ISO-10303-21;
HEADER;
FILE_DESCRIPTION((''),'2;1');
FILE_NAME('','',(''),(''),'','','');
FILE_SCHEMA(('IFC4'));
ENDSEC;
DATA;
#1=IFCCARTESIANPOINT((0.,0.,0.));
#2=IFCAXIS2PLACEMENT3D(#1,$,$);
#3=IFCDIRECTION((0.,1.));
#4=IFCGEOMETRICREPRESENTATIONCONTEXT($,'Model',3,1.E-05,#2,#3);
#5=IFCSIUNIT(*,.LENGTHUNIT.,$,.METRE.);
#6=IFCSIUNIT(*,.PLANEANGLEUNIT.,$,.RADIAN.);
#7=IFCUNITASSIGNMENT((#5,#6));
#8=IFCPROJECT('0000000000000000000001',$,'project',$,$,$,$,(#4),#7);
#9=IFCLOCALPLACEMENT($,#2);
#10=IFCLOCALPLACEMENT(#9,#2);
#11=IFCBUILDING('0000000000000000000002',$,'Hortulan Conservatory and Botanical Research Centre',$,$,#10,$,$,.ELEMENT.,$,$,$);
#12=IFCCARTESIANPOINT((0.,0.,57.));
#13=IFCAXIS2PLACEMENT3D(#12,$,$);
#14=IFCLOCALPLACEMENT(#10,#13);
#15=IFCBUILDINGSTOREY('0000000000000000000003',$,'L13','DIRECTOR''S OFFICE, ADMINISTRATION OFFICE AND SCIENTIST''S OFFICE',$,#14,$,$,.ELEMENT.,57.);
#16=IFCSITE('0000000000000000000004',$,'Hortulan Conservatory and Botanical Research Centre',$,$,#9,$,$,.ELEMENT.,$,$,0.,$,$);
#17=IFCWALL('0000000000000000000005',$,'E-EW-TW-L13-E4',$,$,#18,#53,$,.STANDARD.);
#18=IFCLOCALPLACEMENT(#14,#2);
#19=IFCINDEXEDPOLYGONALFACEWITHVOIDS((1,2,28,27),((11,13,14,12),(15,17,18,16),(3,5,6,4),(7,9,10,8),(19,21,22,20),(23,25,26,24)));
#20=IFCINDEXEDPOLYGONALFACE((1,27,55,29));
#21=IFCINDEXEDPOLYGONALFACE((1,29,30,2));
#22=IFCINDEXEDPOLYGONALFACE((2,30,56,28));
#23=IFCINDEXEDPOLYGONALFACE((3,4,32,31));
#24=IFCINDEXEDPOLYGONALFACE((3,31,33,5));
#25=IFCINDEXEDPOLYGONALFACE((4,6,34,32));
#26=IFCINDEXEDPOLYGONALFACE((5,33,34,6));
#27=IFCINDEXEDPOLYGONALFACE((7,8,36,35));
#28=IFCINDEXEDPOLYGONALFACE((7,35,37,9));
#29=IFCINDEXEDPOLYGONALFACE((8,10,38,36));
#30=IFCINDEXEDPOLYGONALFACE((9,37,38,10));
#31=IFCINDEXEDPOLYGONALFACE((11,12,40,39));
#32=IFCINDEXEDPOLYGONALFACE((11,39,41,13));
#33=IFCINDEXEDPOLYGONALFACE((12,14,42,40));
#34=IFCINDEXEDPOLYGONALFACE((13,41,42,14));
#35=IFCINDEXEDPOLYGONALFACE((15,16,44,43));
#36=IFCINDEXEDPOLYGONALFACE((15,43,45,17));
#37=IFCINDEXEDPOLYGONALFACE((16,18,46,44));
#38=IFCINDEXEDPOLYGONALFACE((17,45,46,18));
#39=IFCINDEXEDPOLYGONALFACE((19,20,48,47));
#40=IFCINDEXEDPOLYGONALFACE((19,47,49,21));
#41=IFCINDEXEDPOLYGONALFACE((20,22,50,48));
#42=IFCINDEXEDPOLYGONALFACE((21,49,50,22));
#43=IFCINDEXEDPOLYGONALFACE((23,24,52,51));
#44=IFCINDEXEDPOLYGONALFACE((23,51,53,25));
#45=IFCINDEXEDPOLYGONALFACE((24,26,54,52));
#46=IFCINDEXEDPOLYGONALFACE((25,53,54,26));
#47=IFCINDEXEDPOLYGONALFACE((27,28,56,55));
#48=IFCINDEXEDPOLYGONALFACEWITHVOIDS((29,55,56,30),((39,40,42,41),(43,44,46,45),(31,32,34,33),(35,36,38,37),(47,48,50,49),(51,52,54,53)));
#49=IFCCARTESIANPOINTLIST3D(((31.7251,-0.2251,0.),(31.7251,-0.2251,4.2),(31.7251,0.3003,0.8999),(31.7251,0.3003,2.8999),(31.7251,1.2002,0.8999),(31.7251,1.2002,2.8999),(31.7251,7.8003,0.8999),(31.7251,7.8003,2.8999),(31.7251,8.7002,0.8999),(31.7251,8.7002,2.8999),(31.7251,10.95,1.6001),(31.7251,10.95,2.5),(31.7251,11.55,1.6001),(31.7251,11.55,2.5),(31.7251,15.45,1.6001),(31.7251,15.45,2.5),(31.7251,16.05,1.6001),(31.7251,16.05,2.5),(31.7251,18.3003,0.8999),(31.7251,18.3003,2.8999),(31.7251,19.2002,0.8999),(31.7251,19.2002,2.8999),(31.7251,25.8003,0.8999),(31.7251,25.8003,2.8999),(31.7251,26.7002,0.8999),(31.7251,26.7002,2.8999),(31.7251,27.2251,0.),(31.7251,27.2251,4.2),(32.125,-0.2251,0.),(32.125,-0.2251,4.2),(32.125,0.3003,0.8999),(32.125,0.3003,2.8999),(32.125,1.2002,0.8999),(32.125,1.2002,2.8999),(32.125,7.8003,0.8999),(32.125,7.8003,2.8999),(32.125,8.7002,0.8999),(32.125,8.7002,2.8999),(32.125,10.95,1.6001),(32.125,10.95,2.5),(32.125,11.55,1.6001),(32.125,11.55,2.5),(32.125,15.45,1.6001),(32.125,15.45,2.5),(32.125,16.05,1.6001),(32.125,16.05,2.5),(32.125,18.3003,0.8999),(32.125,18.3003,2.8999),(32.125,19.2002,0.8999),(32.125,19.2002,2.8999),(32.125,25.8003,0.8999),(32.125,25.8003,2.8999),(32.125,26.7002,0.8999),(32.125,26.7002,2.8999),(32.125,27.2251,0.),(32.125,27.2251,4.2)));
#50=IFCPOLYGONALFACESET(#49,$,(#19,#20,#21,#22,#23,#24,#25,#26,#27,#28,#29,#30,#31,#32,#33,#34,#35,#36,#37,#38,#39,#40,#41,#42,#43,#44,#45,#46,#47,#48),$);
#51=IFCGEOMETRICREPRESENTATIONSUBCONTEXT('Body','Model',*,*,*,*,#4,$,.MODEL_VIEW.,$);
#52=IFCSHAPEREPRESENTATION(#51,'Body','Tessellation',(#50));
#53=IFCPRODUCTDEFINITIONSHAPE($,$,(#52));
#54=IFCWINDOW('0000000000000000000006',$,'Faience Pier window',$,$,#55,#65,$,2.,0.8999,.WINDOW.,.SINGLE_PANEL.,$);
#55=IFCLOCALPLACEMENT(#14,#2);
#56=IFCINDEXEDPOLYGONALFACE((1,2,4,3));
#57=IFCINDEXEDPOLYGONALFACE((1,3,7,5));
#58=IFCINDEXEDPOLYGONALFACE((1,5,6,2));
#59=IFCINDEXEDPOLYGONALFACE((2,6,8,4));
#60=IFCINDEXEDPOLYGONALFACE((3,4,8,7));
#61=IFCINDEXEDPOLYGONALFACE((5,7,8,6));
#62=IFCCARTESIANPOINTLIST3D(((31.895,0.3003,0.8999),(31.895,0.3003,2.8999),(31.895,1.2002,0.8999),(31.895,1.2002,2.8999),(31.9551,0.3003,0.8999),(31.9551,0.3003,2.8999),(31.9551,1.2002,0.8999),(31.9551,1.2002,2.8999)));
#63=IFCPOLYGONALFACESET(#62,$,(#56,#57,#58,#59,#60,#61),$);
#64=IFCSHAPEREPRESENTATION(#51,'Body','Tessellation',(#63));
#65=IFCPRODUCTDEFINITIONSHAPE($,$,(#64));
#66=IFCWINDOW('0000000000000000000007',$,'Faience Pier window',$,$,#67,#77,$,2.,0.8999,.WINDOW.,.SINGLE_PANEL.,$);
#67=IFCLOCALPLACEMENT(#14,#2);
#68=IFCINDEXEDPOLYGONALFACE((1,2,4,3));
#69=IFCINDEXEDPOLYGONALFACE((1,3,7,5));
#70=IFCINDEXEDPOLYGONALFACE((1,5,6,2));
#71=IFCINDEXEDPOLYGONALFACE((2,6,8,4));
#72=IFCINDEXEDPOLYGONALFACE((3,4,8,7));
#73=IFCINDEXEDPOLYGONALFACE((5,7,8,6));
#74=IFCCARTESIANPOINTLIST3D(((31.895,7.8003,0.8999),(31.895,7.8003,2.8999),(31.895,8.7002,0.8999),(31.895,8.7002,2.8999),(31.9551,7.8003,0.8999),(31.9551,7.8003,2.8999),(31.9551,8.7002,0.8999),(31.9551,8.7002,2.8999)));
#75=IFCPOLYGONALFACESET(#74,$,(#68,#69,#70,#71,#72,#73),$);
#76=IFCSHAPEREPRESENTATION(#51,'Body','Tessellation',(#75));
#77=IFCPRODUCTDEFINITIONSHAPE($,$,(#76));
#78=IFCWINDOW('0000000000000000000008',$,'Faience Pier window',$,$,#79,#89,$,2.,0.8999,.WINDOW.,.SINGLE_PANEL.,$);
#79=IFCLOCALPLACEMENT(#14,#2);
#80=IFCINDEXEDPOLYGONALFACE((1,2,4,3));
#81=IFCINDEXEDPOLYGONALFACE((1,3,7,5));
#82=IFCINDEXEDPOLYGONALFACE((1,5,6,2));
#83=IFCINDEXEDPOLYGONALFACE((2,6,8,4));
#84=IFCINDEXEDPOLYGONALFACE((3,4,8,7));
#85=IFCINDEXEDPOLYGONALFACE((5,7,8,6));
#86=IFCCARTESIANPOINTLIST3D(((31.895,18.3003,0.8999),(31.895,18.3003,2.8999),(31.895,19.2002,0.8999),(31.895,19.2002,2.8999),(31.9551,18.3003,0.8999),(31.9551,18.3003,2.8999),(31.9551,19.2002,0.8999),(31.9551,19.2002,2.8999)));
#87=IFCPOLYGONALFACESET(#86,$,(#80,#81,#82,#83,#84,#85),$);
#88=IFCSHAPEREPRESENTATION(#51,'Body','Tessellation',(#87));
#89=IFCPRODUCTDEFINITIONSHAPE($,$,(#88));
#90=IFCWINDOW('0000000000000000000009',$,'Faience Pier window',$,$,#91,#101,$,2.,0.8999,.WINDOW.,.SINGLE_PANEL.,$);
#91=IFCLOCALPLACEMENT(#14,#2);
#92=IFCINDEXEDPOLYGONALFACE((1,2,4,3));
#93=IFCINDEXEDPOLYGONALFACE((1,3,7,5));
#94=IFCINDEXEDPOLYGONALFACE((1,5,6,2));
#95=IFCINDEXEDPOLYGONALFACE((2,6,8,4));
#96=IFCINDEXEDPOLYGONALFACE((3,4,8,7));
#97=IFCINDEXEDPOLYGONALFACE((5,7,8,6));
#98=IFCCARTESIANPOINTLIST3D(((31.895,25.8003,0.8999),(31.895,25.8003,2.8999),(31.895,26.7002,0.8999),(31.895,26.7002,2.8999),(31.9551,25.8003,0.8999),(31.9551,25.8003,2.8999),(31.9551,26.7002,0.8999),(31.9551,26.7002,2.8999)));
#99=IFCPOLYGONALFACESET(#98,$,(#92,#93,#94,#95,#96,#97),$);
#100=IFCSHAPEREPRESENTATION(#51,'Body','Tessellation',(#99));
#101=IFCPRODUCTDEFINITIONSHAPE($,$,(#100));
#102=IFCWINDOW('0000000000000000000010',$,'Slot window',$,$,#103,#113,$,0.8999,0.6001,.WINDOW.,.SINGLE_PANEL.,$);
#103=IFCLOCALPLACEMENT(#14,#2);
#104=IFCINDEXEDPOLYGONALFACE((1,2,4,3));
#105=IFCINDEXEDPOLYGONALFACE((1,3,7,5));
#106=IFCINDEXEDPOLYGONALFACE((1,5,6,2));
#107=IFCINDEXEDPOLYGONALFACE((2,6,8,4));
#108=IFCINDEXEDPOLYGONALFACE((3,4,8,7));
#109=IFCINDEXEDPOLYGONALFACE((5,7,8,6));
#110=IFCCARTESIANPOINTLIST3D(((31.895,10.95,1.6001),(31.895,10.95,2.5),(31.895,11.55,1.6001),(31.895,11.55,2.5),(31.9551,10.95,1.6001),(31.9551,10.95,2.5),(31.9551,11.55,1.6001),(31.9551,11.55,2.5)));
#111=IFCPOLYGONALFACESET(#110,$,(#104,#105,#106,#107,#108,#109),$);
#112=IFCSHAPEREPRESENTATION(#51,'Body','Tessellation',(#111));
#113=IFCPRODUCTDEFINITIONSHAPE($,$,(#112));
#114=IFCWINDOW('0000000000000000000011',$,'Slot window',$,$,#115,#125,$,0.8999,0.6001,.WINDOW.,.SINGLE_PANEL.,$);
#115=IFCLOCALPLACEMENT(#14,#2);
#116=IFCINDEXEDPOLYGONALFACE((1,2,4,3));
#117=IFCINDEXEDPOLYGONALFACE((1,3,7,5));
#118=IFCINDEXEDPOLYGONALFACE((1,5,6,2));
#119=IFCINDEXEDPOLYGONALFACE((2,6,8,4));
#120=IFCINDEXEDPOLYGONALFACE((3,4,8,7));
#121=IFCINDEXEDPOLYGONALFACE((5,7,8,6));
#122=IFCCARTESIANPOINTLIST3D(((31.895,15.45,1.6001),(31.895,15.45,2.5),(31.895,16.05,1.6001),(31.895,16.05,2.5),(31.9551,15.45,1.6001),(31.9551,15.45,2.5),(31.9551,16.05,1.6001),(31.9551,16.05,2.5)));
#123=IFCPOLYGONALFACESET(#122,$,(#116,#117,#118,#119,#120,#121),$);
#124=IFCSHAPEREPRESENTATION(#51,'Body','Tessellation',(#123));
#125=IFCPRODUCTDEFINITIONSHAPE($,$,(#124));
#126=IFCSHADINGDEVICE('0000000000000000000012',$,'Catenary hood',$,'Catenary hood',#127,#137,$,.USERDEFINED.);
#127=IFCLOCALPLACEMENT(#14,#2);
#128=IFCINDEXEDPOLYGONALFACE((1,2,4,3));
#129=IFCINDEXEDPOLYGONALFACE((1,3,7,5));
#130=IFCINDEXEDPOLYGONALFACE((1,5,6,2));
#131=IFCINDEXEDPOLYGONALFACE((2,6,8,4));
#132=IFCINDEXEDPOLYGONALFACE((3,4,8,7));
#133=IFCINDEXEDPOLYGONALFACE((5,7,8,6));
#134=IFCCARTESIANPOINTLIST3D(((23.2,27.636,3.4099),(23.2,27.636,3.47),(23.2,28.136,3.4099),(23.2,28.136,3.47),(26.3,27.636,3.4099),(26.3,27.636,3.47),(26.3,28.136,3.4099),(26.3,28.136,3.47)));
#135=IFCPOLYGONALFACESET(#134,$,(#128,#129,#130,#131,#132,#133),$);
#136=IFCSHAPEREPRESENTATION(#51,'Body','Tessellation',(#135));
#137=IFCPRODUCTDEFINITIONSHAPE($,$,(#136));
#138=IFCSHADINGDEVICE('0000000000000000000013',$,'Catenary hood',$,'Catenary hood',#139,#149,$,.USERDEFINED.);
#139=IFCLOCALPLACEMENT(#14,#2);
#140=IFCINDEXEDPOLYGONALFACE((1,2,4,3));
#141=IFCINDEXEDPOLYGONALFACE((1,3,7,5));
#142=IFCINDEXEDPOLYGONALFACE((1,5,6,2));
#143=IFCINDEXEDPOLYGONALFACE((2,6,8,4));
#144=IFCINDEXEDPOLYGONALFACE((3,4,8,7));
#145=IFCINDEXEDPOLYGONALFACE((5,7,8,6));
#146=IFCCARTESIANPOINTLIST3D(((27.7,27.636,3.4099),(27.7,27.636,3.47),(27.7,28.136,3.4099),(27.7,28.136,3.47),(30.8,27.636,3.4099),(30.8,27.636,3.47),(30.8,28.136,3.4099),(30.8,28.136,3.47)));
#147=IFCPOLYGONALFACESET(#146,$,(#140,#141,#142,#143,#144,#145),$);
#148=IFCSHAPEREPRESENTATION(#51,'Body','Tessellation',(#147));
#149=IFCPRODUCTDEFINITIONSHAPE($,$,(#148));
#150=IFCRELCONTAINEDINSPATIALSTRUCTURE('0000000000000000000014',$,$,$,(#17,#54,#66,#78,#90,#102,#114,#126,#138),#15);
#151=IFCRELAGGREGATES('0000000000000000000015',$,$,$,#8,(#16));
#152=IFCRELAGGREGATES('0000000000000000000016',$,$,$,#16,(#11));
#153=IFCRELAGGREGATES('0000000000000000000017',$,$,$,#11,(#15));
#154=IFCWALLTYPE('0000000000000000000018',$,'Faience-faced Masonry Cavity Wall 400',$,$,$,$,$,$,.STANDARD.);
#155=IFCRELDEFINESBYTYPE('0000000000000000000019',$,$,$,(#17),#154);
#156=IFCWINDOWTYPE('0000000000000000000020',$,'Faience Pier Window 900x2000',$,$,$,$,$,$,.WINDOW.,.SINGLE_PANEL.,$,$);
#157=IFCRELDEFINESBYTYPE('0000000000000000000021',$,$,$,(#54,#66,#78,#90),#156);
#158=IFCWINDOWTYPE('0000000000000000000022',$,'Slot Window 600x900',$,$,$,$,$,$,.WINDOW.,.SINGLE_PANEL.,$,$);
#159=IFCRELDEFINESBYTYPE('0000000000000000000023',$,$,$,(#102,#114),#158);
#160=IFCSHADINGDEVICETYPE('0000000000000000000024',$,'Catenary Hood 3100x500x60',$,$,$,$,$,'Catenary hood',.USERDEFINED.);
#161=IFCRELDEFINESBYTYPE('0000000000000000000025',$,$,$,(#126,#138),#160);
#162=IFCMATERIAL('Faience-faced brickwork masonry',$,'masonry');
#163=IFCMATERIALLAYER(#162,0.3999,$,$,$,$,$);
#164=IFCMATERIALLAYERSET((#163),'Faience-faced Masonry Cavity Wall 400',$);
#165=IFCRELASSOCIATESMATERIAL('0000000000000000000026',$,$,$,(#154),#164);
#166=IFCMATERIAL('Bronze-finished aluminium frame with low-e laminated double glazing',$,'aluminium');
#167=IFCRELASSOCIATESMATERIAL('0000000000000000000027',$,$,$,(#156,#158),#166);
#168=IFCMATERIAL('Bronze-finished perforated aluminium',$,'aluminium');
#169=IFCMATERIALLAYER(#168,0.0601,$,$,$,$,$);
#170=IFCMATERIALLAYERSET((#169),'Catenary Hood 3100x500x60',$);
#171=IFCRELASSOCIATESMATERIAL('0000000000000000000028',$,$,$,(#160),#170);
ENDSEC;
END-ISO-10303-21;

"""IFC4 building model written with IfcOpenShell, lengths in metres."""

from ifc_helpers import new_model, si_unit, direction, frame, frame_2d, origin, origin_2d, place, context, subcontext, project, spatial, rectangle, extrude, material, layer, layer_set, type_object, element, fill, save


model = new_model("IFC4")

# Units and contexts
model_context = context("Model", 3, precision=1e-05, world=origin(), true_north=direction((0.0, 1.0)))
body_context = subcontext(model_context, "Body", "Model", "MODEL_VIEW")
ifc_project = project(units=[si_unit("LENGTHUNIT", "METRE"), si_unit("PLANEANGLEUNIT", "RADIAN")], contexts=[model_context])

# Site, building, storey
site_placement = place(None, origin())
site = spatial("IfcSite", under=ifc_project, at=site_placement, Name="Hortulan Conservatory and Botanical Research Centre", CompositionType="ELEMENT", RefElevation=0.0)
building_placement = place(site_placement, origin())
building = spatial("IfcBuilding", under=site, at=building_placement, Name="Hortulan Conservatory and Botanical Research Centre", CompositionType="ELEMENT")
storey_placement = place(building_placement, frame((0.0, 0.0, 57.0)))
storey = spatial("IfcBuildingStorey", under=building, at=storey_placement, Name="L13", Description="DIRECTOR'S OFFICE, ADMINISTRATION OFFICE AND SCIENTIST'S OFFICE", CompositionType="ELEMENT", Elevation=57.0)

# Wall, openings, windows
ifc_material_1 = material(Name="Faience-faced brickwork masonry", Category="masonry")
ifc_layer_1 = layer(ifc_material_1, 0.3999)
ifc_layer_set_1 = layer_set([ifc_layer_1], Name="Faience-faced Masonry Cavity Wall 400")
wall_type = type_object("IfcWallType", Name="Faience-faced Masonry Cavity Wall 400", PredefinedType="STANDARD", material=ifc_layer_set_1)
wall_placement = place(storey_placement, frame((31.925, 27.2251, 0.0), z_axis=(0.0, 0.0, 1.0), x_axis=(0.0, -1.0, 0.0)))
wall = element("IfcWall", 1, at=wall_placement, inside=storey, type_object=wall_type, Name="E-EW-TW-L13-E4", PredefinedType="STANDARD", context=body_context, shape_type="SweptSolid", body=[
    extrude(rectangle(XDim=27.4502, YDim=0.3999, at=frame_2d((13.7251, 0.0))), origin(), (0.0, 0.0, 1.0), 4.2),
])
opening_1_placement = place(wall_placement, frame((26.0249, 0.0, 0.8999)))
opening_1 = element("IfcOpeningElement", 2, at=opening_1_placement, cuts=wall, PredefinedType="OPENING", context=body_context, shape_type="SweptSolid", body=[
    extrude(rectangle(XDim=0.8999, YDim=2.0, at=frame_2d((0.45, 1.0))), frame((0.0, 0.21, 0.0), z_axis=(0.0, -1.0, 0.0), x_axis=(1.0, 0.0, 0.0)), (0.0, 0.0, 1.0), 0.4199),
])
opening_2_placement = place(wall_placement, frame((18.5249, 0.0, 0.8999)))
opening_2 = element("IfcOpeningElement", 3, at=opening_2_placement, cuts=wall, PredefinedType="OPENING", context=body_context, shape_type="SweptSolid", body=[
    extrude(rectangle(XDim=0.8999, YDim=2.0, at=frame_2d((0.45, 1.0))), frame((0.0, 0.21, 0.0), z_axis=(0.0, -1.0, 0.0), x_axis=(1.0, 0.0, 0.0)), (0.0, 0.0, 1.0), 0.4199),
])
opening_3_placement = place(wall_placement, frame((15.675, 0.0, 1.6001)))
opening_3 = element("IfcOpeningElement", 4, at=opening_3_placement, cuts=wall, PredefinedType="OPENING", context=body_context, shape_type="SweptSolid", body=[
    extrude(rectangle(XDim=0.6001, YDim=0.8999, at=frame_2d((0.3, 0.45))), frame((0.0, 0.21, 0.0), z_axis=(0.0, -1.0, 0.0), x_axis=(1.0, 0.0, 0.0)), (0.0, 0.0, 1.0), 0.4199),
])
opening_4_placement = place(wall_placement, frame((11.175, 0.0, 1.6001)))
opening_4 = element("IfcOpeningElement", 5, at=opening_4_placement, cuts=wall, PredefinedType="OPENING", context=body_context, shape_type="SweptSolid", body=[
    extrude(rectangle(XDim=0.6001, YDim=0.8999, at=frame_2d((0.3, 0.45))), frame((0.0, 0.21, 0.0), z_axis=(0.0, -1.0, 0.0), x_axis=(1.0, 0.0, 0.0)), (0.0, 0.0, 1.0), 0.4199),
])
opening_5_placement = place(wall_placement, frame((8.0249, 0.0, 0.8999)))
opening_5 = element("IfcOpeningElement", 6, at=opening_5_placement, cuts=wall, PredefinedType="OPENING", context=body_context, shape_type="SweptSolid", body=[
    extrude(rectangle(XDim=0.8999, YDim=2.0, at=frame_2d((0.45, 1.0))), frame((0.0, 0.21, 0.0), z_axis=(0.0, -1.0, 0.0), x_axis=(1.0, 0.0, 0.0)), (0.0, 0.0, 1.0), 0.4199),
])
opening_6_placement = place(wall_placement, frame((0.5249, 0.0, 0.8999)))
opening_6 = element("IfcOpeningElement", 7, at=opening_6_placement, cuts=wall, PredefinedType="OPENING", context=body_context, shape_type="SweptSolid", body=[
    extrude(rectangle(XDim=0.8999, YDim=2.0, at=frame_2d((0.45, 1.0))), frame((0.0, 0.21, 0.0), z_axis=(0.0, -1.0, 0.0), x_axis=(1.0, 0.0, 0.0)), (0.0, 0.0, 1.0), 0.4199),
])
ifc_material_2 = material(Name="Bronze-finished aluminium frame with low-e laminated double glazing", Category="aluminium")
window_type_1 = type_object("IfcWindowType", Name="Faience Pier Window 900x2000", PartitioningType="SINGLE_PANEL", PredefinedType="WINDOW", material=ifc_material_2)
window_1_placement = place(opening_1_placement, origin())
window_1 = element("IfcWindow", 8, at=window_1_placement, inside=storey, type_object=window_type_1, Name="Faience Pier window", OverallHeight=2.0, OverallWidth=0.8999, PartitioningType="SINGLE_PANEL", PredefinedType="WINDOW", context=body_context, shape_type="SweptSolid", body=[
    extrude(rectangle(XDim=0.8999, YDim=2.0, at=frame_2d((0.45, 1.0))), frame((0.0, 0.03, 0.0), z_axis=(0.0, -1.0, 0.0), x_axis=(1.0, 0.0, 0.0)), (0.0, 0.0, 1.0), 0.0601),
])
fill(opening_1, window_1)
window_2_placement = place(opening_2_placement, origin())
window_2 = element("IfcWindow", 9, at=window_2_placement, inside=storey, type_object=window_type_1, Name="Faience Pier window", OverallHeight=2.0, OverallWidth=0.8999, PartitioningType="SINGLE_PANEL", PredefinedType="WINDOW", context=body_context, shape_type="SweptSolid", body=[
    extrude(rectangle(XDim=0.8999, YDim=2.0, at=frame_2d((0.45, 1.0))), frame((0.0, 0.03, 0.0), z_axis=(0.0, -1.0, 0.0), x_axis=(1.0, 0.0, 0.0)), (0.0, 0.0, 1.0), 0.0601),
])
fill(opening_2, window_2)
window_3_placement = place(opening_5_placement, origin())
window_3 = element("IfcWindow", 10, at=window_3_placement, inside=storey, type_object=window_type_1, Name="Faience Pier window", OverallHeight=2.0, OverallWidth=0.8999, PartitioningType="SINGLE_PANEL", PredefinedType="WINDOW", context=body_context, shape_type="SweptSolid", body=[
    extrude(rectangle(XDim=0.8999, YDim=2.0, at=frame_2d((0.45, 1.0))), frame((0.0, 0.03, 0.0), z_axis=(0.0, -1.0, 0.0), x_axis=(1.0, 0.0, 0.0)), (0.0, 0.0, 1.0), 0.0601),
])
fill(opening_5, window_3)
window_4_placement = place(opening_6_placement, origin())
window_4 = element("IfcWindow", 11, at=window_4_placement, inside=storey, type_object=window_type_1, Name="Faience Pier window", OverallHeight=2.0, OverallWidth=0.8999, PartitioningType="SINGLE_PANEL", PredefinedType="WINDOW", context=body_context, shape_type="SweptSolid", body=[
    extrude(rectangle(XDim=0.8999, YDim=2.0, at=frame_2d((0.45, 1.0))), frame((0.0, 0.03, 0.0), z_axis=(0.0, -1.0, 0.0), x_axis=(1.0, 0.0, 0.0)), (0.0, 0.0, 1.0), 0.0601),
])
fill(opening_6, window_4)
window_type_2 = type_object("IfcWindowType", Name="Slot Window 600x900", PartitioningType="SINGLE_PANEL", PredefinedType="WINDOW", material=ifc_material_2)
window_5_placement = place(opening_3_placement, origin())
window_5 = element("IfcWindow", 12, at=window_5_placement, inside=storey, type_object=window_type_2, Name="Slot window", OverallHeight=0.8999, OverallWidth=0.6001, PartitioningType="SINGLE_PANEL", PredefinedType="WINDOW", context=body_context, shape_type="SweptSolid", body=[
    extrude(rectangle(XDim=0.6001, YDim=0.8999, at=frame_2d((0.3, 0.45))), frame((0.0, 0.03, 0.0), z_axis=(0.0, -1.0, 0.0), x_axis=(1.0, 0.0, 0.0)), (0.0, 0.0, 1.0), 0.0601),
])
fill(opening_3, window_5)
window_6_placement = place(opening_4_placement, origin())
window_6 = element("IfcWindow", 13, at=window_6_placement, inside=storey, type_object=window_type_2, Name="Slot window", OverallHeight=0.8999, OverallWidth=0.6001, PartitioningType="SINGLE_PANEL", PredefinedType="WINDOW", context=body_context, shape_type="SweptSolid", body=[
    extrude(rectangle(XDim=0.6001, YDim=0.8999, at=frame_2d((0.3, 0.45))), frame((0.0, 0.03, 0.0), z_axis=(0.0, -1.0, 0.0), x_axis=(1.0, 0.0, 0.0)), (0.0, 0.0, 1.0), 0.0601),
])
fill(opening_4, window_6)

# Shading devices
ifc_material_3 = material(Name="Bronze-finished perforated aluminium", Category="aluminium")
ifc_layer_2 = layer(ifc_material_3, 0.0601)
ifc_layer_set_2 = layer_set([ifc_layer_2], Name="Catenary Hood 3100x500x60")
shading_device_type = type_object("IfcShadingDeviceType", Name="Catenary Hood 3100x500x60", ElementType="Catenary hood", PredefinedType="USERDEFINED", material=ifc_layer_set_2)
for number, where, z_axis, x_axis, name in (
    (14, (24.75, 27.886, 3.4099), (0.0, 0.0, 1.0), (1.0, 0.0, 0.0), "Catenary hood"),
    (15, (29.25, 27.886, 3.4099), (0.0, 0.0, 1.0), (1.0, 0.0, 0.0), "Catenary hood"),
):
    element("IfcShadingDevice", number, at=place(storey_placement, frame(where, z_axis=z_axis, x_axis=x_axis)), inside=storey, type_object=shading_device_type, Name=name, ObjectType="Catenary hood", PredefinedType="USERDEFINED", context=body_context, shape_type="SweptSolid", body=[
        extrude(rectangle(XDim=3.1001, YDim=0.5, at=origin_2d()), origin(), (0.0, 0.0, 1.0), 0.0601),
    ])

save(model, "model.ifc")
